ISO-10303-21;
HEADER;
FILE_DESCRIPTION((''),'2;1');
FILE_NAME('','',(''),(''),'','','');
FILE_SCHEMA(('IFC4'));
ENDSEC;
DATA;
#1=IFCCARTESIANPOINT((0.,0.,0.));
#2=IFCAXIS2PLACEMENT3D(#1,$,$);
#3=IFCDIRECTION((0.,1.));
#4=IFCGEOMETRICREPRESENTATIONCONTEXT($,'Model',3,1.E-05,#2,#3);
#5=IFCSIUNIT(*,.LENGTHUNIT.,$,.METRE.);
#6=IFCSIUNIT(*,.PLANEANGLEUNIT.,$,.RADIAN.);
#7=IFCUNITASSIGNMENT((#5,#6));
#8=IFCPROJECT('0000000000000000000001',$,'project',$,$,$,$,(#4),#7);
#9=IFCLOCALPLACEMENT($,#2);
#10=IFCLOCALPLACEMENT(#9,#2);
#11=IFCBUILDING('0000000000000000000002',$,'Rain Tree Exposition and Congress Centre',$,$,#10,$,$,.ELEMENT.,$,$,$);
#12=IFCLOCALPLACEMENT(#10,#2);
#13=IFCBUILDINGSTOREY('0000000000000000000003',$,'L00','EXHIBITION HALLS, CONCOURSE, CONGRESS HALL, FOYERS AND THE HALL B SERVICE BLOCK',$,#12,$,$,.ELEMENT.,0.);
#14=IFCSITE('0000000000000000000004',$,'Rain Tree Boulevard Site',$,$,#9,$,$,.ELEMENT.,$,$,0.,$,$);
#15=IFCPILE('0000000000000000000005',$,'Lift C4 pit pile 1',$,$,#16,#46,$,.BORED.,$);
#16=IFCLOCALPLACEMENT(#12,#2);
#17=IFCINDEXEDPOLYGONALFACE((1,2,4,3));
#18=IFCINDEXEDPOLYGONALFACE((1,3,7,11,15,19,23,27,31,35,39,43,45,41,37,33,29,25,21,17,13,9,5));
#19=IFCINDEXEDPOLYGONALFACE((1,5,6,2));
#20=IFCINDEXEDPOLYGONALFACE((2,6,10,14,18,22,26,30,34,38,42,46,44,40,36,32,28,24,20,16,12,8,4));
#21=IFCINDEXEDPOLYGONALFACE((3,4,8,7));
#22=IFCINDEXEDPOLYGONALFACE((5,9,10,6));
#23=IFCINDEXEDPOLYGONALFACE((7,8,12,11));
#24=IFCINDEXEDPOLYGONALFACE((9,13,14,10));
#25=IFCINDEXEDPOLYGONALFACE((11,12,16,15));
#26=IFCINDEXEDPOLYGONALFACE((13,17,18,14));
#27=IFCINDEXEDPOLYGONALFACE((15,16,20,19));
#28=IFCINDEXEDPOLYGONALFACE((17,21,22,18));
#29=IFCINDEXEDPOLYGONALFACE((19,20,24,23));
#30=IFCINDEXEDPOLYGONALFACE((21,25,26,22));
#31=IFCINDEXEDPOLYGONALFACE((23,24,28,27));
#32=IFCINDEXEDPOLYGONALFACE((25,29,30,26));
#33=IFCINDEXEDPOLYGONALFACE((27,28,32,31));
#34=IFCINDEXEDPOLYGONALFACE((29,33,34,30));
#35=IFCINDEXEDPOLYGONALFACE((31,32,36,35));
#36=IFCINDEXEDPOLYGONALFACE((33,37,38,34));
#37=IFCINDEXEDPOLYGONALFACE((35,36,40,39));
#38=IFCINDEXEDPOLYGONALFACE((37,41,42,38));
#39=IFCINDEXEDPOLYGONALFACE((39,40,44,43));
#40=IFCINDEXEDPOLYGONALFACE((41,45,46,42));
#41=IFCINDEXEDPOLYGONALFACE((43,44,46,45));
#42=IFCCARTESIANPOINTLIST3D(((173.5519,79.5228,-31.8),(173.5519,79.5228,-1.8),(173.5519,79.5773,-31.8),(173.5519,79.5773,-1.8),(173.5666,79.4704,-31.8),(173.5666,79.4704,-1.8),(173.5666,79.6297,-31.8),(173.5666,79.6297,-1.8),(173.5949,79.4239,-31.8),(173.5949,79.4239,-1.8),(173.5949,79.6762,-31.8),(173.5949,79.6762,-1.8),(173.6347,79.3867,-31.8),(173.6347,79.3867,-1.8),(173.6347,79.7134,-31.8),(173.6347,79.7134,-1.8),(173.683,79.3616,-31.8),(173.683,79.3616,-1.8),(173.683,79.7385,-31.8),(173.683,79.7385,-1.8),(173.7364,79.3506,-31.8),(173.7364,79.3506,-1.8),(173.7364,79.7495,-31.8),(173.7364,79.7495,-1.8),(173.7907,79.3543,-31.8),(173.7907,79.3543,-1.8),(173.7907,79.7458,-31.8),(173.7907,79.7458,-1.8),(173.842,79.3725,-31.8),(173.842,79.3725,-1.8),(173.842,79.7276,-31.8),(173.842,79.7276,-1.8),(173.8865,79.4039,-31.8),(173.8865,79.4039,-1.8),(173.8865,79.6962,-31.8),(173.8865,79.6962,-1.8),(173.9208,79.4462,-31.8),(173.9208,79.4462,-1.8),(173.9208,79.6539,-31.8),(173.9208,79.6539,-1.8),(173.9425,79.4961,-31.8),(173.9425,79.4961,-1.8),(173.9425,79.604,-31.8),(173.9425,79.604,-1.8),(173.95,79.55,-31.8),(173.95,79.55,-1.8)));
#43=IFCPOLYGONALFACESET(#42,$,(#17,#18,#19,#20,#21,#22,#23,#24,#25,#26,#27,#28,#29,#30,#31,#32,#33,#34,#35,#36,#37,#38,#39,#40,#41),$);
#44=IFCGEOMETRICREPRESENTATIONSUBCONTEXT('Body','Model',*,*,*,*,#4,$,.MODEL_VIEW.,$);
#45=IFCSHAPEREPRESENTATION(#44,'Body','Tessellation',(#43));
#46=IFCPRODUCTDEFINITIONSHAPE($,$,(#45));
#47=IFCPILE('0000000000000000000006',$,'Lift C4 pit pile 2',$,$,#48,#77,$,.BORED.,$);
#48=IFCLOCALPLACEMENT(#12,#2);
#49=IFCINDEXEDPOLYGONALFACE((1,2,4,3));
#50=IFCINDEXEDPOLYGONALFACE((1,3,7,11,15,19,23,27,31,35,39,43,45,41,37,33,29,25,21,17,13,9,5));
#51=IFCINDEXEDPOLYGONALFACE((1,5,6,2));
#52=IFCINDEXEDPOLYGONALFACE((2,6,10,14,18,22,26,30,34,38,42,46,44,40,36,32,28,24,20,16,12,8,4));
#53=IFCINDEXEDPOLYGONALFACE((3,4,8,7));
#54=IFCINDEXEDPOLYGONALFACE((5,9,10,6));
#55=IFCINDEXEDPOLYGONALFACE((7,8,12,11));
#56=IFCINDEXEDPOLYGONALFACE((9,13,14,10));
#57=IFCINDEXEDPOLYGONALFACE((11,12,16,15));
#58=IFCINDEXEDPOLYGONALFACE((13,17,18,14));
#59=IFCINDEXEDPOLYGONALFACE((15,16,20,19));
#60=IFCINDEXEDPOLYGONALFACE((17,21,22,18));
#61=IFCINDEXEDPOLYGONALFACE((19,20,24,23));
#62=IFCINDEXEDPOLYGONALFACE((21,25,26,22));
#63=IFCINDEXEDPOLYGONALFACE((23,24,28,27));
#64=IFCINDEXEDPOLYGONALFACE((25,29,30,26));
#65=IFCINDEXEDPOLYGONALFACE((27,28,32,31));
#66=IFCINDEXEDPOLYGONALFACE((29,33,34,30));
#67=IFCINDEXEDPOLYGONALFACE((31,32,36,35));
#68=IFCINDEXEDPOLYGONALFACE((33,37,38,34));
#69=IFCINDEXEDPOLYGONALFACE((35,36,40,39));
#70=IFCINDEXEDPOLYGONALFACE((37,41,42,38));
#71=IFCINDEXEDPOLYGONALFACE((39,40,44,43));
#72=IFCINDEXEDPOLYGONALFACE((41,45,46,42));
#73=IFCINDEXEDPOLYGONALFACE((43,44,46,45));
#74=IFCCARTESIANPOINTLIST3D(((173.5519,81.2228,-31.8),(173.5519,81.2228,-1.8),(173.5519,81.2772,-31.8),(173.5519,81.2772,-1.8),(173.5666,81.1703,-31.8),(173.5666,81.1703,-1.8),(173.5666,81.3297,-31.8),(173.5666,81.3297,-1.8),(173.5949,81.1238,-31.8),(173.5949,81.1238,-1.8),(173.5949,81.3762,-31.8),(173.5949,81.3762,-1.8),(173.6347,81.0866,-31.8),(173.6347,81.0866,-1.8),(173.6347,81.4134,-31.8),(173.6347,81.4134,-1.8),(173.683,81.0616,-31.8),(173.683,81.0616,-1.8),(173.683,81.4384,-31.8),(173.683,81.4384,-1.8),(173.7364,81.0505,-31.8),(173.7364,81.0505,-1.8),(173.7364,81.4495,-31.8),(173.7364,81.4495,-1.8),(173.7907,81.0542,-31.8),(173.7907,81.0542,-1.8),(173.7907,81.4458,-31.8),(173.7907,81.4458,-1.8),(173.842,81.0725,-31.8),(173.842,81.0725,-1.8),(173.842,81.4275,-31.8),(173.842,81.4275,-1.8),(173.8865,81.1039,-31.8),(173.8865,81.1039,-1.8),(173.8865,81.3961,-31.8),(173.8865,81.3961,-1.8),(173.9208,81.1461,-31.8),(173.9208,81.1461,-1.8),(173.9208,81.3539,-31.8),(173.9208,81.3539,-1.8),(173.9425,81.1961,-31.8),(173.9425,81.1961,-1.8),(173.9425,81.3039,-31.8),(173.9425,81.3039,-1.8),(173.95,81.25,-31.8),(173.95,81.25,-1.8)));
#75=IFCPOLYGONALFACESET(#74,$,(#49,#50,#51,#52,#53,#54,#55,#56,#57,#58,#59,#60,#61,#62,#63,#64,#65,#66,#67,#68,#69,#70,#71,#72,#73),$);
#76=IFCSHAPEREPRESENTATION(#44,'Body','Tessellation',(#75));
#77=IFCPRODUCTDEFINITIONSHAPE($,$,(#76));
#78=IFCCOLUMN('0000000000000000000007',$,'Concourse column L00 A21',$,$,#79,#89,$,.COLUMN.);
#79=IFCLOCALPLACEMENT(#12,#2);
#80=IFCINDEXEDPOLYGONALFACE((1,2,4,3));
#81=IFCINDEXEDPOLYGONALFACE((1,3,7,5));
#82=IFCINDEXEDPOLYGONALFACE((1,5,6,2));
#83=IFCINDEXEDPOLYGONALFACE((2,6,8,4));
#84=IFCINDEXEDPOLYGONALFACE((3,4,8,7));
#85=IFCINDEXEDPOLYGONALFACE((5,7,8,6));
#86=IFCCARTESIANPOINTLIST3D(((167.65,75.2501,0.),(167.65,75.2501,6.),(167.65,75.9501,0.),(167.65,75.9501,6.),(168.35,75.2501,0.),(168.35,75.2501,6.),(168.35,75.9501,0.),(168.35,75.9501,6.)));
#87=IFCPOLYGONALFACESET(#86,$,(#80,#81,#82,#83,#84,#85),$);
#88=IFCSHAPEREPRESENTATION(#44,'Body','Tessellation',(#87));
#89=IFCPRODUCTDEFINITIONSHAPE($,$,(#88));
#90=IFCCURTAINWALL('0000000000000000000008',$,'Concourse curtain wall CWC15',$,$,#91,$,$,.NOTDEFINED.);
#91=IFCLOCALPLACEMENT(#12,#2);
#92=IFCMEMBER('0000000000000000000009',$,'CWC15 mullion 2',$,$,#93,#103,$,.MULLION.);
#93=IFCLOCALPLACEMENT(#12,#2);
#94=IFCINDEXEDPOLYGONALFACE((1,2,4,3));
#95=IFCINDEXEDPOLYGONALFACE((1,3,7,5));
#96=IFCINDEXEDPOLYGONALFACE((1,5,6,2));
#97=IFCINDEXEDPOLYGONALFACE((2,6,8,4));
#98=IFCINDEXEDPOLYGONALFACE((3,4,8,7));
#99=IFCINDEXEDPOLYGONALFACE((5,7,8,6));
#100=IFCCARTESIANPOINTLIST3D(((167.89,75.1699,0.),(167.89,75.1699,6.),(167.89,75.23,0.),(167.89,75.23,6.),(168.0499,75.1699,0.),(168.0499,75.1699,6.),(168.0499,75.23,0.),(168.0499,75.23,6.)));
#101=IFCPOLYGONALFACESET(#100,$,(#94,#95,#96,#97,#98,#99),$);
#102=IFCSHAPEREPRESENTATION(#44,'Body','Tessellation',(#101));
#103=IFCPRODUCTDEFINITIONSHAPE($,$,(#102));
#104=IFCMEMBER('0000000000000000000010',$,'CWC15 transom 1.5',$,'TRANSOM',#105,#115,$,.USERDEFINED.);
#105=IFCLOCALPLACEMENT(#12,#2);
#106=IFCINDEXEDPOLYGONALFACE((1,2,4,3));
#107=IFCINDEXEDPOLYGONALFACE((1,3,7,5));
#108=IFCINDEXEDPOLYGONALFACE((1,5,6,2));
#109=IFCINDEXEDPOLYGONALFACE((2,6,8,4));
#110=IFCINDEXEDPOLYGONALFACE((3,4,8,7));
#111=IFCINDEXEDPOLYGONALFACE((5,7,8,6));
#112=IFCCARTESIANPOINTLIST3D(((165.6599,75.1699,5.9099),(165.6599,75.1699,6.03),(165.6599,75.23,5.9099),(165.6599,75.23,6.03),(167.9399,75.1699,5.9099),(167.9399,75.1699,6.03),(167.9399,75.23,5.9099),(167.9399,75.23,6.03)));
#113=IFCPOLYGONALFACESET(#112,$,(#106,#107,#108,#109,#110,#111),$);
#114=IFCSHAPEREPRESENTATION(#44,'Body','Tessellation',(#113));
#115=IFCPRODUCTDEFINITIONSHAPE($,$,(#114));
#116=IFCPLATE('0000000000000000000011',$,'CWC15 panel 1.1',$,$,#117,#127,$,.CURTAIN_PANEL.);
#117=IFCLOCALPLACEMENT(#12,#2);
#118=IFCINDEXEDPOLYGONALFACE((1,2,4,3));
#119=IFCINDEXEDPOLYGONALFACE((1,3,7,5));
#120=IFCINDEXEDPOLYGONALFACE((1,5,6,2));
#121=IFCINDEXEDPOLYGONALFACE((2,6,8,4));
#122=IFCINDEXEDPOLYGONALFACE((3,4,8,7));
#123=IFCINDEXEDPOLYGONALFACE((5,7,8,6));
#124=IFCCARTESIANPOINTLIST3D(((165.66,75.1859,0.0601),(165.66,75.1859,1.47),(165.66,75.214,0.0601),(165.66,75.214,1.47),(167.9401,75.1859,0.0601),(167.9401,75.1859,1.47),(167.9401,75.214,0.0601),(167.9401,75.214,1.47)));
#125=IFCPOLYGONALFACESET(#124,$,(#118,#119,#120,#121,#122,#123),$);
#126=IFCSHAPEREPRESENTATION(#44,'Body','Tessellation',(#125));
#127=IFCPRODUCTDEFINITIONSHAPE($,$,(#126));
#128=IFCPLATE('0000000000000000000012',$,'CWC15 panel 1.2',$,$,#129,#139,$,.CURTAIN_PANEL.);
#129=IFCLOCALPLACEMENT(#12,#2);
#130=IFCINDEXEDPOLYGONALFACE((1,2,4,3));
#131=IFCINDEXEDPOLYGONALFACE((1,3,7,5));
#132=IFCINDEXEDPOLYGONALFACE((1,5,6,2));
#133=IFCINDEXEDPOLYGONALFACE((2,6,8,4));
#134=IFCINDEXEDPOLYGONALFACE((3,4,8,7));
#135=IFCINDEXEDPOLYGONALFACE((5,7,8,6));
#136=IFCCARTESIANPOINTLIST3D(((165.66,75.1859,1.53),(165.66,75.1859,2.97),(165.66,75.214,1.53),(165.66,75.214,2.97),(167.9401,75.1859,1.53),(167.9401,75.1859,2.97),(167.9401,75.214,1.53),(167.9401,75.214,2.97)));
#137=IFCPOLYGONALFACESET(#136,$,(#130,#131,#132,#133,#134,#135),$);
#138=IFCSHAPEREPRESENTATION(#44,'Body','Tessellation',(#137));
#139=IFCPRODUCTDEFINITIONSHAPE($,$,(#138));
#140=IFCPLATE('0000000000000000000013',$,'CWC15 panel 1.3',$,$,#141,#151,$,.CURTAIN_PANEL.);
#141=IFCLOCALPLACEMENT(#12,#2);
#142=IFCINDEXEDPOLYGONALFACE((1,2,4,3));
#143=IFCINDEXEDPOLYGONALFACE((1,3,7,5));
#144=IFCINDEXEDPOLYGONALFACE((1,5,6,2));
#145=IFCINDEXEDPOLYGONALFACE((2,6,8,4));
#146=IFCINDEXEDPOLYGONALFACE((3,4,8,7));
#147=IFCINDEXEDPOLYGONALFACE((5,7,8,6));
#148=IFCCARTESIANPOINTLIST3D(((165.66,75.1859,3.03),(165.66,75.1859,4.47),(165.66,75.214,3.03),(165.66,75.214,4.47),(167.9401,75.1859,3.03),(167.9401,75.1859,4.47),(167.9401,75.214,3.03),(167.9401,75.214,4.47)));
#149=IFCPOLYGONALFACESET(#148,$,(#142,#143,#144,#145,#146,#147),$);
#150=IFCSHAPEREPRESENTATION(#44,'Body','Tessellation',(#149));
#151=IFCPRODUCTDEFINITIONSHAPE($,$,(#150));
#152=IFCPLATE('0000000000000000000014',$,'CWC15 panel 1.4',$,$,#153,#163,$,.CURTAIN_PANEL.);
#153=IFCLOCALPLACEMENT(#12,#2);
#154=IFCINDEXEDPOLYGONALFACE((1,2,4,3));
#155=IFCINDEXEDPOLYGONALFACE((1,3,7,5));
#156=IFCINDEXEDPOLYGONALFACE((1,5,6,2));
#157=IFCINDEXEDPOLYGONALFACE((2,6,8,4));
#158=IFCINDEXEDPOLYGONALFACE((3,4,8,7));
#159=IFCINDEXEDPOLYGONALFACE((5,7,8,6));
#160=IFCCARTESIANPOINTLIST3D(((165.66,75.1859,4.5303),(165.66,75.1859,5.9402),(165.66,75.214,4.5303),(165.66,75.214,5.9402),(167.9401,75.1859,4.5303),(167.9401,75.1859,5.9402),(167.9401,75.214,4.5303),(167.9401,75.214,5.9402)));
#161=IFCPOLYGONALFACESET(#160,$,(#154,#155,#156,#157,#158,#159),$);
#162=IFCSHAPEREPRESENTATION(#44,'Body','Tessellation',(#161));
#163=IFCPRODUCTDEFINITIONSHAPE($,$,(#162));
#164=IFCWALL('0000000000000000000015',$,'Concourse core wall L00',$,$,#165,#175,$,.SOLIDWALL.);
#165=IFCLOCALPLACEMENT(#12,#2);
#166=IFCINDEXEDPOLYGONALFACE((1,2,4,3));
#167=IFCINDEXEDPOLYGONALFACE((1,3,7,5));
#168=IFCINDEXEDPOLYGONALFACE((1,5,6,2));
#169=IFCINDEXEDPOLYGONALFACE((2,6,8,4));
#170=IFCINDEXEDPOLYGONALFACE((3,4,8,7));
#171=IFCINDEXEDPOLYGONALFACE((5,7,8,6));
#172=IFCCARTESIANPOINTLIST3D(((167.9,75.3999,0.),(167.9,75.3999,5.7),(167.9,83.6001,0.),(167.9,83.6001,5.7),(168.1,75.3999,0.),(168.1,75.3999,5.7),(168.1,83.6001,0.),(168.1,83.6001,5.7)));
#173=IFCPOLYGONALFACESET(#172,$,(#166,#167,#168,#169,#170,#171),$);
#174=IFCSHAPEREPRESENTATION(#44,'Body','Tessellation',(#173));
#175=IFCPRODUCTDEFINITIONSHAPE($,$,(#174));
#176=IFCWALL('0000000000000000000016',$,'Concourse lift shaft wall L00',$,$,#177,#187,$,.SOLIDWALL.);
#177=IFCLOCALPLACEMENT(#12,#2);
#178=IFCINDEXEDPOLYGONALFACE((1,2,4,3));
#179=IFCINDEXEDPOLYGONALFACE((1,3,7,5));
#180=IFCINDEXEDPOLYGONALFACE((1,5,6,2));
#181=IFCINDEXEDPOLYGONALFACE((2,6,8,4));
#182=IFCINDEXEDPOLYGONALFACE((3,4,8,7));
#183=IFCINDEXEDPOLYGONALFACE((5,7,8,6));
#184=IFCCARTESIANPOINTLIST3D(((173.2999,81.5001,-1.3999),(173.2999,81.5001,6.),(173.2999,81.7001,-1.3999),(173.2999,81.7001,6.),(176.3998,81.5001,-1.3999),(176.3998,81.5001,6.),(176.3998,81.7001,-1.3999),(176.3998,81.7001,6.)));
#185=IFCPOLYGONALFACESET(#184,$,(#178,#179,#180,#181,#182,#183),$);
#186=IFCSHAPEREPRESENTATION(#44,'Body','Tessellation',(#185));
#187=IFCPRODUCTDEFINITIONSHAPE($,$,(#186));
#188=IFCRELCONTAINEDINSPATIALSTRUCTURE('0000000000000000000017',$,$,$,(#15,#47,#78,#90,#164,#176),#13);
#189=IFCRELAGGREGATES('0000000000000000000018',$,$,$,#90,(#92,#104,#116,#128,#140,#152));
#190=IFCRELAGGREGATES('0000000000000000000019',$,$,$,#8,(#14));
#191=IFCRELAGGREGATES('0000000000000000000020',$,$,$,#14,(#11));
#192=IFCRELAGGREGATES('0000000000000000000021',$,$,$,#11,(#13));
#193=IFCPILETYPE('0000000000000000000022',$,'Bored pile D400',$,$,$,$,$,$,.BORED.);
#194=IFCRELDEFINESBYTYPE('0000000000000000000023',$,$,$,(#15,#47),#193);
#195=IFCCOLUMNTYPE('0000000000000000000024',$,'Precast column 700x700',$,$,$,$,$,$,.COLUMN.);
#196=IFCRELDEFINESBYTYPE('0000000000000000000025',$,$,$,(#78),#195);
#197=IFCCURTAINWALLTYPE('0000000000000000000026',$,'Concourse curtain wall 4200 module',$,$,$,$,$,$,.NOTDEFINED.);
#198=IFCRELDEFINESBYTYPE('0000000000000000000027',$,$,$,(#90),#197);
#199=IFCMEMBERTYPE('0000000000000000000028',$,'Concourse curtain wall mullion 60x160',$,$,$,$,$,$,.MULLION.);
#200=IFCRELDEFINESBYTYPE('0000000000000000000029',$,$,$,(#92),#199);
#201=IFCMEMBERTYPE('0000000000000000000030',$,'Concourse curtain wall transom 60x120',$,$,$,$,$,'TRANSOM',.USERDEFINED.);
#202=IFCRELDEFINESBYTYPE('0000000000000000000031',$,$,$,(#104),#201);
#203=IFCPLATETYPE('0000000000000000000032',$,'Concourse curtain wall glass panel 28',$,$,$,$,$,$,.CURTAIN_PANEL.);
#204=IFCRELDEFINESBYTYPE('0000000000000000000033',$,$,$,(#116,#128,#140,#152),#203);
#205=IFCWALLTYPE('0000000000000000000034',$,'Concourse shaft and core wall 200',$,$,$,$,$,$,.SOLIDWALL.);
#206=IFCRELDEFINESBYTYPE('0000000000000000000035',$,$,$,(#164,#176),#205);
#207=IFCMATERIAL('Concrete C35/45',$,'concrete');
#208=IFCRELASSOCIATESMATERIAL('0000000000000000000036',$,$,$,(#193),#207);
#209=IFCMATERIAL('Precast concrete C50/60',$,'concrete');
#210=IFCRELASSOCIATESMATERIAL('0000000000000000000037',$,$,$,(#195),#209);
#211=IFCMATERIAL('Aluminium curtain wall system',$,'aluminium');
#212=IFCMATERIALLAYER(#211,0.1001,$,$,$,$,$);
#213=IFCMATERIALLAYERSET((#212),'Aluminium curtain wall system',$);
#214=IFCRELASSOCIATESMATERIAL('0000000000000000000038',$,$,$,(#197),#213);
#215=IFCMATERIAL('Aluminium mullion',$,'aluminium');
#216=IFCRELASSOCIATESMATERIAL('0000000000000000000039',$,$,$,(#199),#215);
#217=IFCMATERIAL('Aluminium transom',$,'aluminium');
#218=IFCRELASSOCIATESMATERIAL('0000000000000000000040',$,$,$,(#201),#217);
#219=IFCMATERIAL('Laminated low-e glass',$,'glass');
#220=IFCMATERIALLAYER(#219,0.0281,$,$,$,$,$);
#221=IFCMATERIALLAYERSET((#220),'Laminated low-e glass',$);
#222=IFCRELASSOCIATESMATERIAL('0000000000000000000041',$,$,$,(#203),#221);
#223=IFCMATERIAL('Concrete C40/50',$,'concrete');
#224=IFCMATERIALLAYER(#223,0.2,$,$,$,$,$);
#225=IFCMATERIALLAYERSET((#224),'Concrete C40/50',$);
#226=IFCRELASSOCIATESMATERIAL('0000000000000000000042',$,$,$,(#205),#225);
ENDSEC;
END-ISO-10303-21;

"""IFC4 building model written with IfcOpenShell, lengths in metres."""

from ifc_helpers import new_model, si_unit, direction, frame, frame_2d, origin, origin_2d, place, context, subcontext, project, spatial, rectangle, circle, extrude, material, layer, layer_set, material_profile, profile_set, type_object, element, aggregate, save


model = new_model("IFC4")

# Units and contexts
model_context = context("Model", 3, precision=1e-05, world=origin(), true_north=direction((0.0, 1.0)))
body_context = subcontext(model_context, "Body", "Model", "MODEL_VIEW")
ifc_project = project(units=[si_unit("LENGTHUNIT", "METRE"), si_unit("PLANEANGLEUNIT", "RADIAN")], contexts=[model_context])

# Site, building, storey
site_placement = place(None, origin())
site = spatial("IfcSite", under=ifc_project, at=site_placement, Name="Rain Tree Boulevard Site", CompositionType="ELEMENT", RefElevation=0.0)
building_placement = place(site_placement, origin())
building = spatial("IfcBuilding", under=site, at=building_placement, Name="Rain Tree Exposition and Congress Centre", CompositionType="ELEMENT")
storey_placement = place(building_placement, origin())
storey = spatial("IfcBuildingStorey", under=building, at=storey_placement, Name="L00", Description="EXHIBITION HALLS, CONCOURSE, CONGRESS HALL, FOYERS AND THE HALL B SERVICE BLOCK", CompositionType="ELEMENT", Elevation=0.0)

# Piles
ifc_material_1 = material(Name="Concrete C35/45", Category="concrete")
ifc_material_profile_1 = material_profile(ifc_material_1, circle(Radius=0.2, at=origin_2d()), Name="D400")
ifc_profile_set_1 = profile_set([ifc_material_profile_1], Name="Concrete C35/45")
pile_type = type_object("IfcPileType", Name="Bored pile D400", PredefinedType="BORED", material=ifc_profile_set_1)
for number, where, z_axis, x_axis, name in (
    (1, (173.75, 79.55, -1.8), (0.0, 0.0, -1.0), (1.0, 0.0, 0.0), "Lift C4 pit pile 1"),
    (2, (173.75, 81.25, -1.8), (0.0, 0.0, -1.0), (1.0, 0.0, 0.0), "Lift C4 pit pile 2"),
):
    element("IfcPile", number, at=place(storey_placement, frame(where, z_axis=z_axis, x_axis=x_axis)), inside=storey, type_object=pile_type, Name=name, PredefinedType="BORED", context=body_context, shape_type="SweptSolid", body=[
        extrude(circle(Radius=0.2, at=origin_2d()), origin(), (0.0, 0.0, 1.0), 30.0),
    ])

# Column
ifc_material_2 = material(Name="Precast concrete C50/60", Category="concrete")
ifc_material_profile_2 = material_profile(ifc_material_2, rectangle(XDim=0.7, YDim=0.7, at=origin_2d()), Name="RC 700x700")
ifc_profile_set_2 = profile_set([ifc_material_profile_2], Name="Precast concrete C50/60")
column_type = type_object("IfcColumnType", Name="Precast column 700x700", PredefinedType="COLUMN", material=ifc_profile_set_2)
column_placement = place(storey_placement, frame((168.0, 75.6001, 0.0), z_axis=(0.0, 0.0, 1.0), x_axis=(1.0, 0.0, 0.0)))
element("IfcColumn", 3, at=column_placement, inside=storey, type_object=column_type, Name="Concourse column L00 A21", PredefinedType="COLUMN", context=body_context, shape_type="SweptSolid", body=[
    extrude(rectangle(XDim=0.7, YDim=0.7, at=origin_2d()), origin(), (0.0, 0.0, 1.0), 6.0),
])

# Curtain wall, members, plates
ifc_material_3 = material(Name="Aluminium curtain wall system", Category="aluminium")
ifc_layer_1 = layer(ifc_material_3, 0.1001)
ifc_layer_set_1 = layer_set([ifc_layer_1], Name="Aluminium curtain wall system")
curtain_wall_type = type_object("IfcCurtainWallType", Name="Concourse curtain wall 4200 module", PredefinedType="NOTDEFINED", material=ifc_layer_set_1)
curtain_wall_placement = place(storey_placement, origin())
curtain_wall = element("IfcCurtainWall", 4, at=curtain_wall_placement, inside=storey, type_object=curtain_wall_type, Name="Concourse curtain wall CWC15", PredefinedType="NOTDEFINED")
ifc_material_4 = material(Name="Aluminium mullion", Category="aluminium")
ifc_material_profile_3 = material_profile(ifc_material_4, rectangle(XDim=0.0601, YDim=0.1599, at=origin_2d()), Name="AL 60x160")
ifc_profile_set_3 = profile_set([ifc_material_profile_3], Name="Aluminium mullion")
member_type_1 = type_object("IfcMemberType", Name="Concourse curtain wall mullion 60x160", PredefinedType="MULLION", material=ifc_profile_set_3)
member_1_placement = place(storey_placement, frame((167.97, 75.2, 0.0), z_axis=(0.0, 0.0, 1.0), x_axis=(0.0, 1.0, 0.0)))
member_1 = element("IfcMember", 5, at=member_1_placement, type_object=member_type_1, Name="CWC15 mullion 2", PredefinedType="MULLION", context=body_context, shape_type="SweptSolid", body=[
    extrude(rectangle(XDim=0.0601, YDim=0.1599, at=origin_2d()), origin(), (0.0, 0.0, 1.0), 6.0),
])
ifc_material_5 = material(Name="Aluminium transom", Category="aluminium")
ifc_material_profile_4 = material_profile(ifc_material_5, rectangle(XDim=0.0601, YDim=0.1201, at=origin_2d()), Name="AL 60x120")
ifc_profile_set_4 = profile_set([ifc_material_profile_4], Name="Aluminium transom")
member_type_2 = type_object("IfcMemberType", Name="Concourse curtain wall transom 60x120", ElementType="TRANSOM", PredefinedType="USERDEFINED", material=ifc_profile_set_4)
member_2_placement = place(storey_placement, frame((165.6599, 75.2, 5.97), z_axis=(1.0, 0.0, 0.0), x_axis=(0.0, 1.0, 0.0)))
member_2 = element("IfcMember", 6, at=member_2_placement, type_object=member_type_2, Name="CWC15 transom 1.5", ObjectType="TRANSOM", PredefinedType="USERDEFINED", context=body_context, shape_type="SweptSolid", body=[
    extrude(rectangle(XDim=0.0601, YDim=0.1201, at=origin_2d()), origin(), (0.0, 0.0, 1.0), 2.28),
])
ifc_material_6 = material(Name="Laminated low-e glass", Category="glass")
ifc_layer_2 = layer(ifc_material_6, 0.0281)
ifc_layer_set_2 = layer_set([ifc_layer_2], Name="Laminated low-e glass")
plate_type = type_object("IfcPlateType", Name="Concourse curtain wall glass panel 28", PredefinedType="CURTAIN_PANEL", material=ifc_layer_set_2)
plate_1_placement = place(storey_placement, frame((166.8, 75.2, 0.0601), z_axis=(0.0, 0.0, 1.0), x_axis=(1.0, 0.0, 0.0)))
plate_1 = element("IfcPlate", 7, at=plate_1_placement, type_object=plate_type, Name="CWC15 panel 1.1", PredefinedType="CURTAIN_PANEL", context=body_context, shape_type="SweptSolid", body=[
    extrude(rectangle(XDim=2.28, YDim=0.0281, at=origin_2d()), origin(), (0.0, 0.0, 1.0), 1.4099),
])
plate_2_placement = place(storey_placement, frame((166.8, 75.2, 1.53), z_axis=(0.0, 0.0, 1.0), x_axis=(1.0, 0.0, 0.0)))
plate_2 = element("IfcPlate", 8, at=plate_2_placement, type_object=plate_type, Name="CWC15 panel 1.2", PredefinedType="CURTAIN_PANEL", context=body_context, shape_type="SweptSolid", body=[
    extrude(rectangle(XDim=2.28, YDim=0.0281, at=origin_2d()), origin(), (0.0, 0.0, 1.0), 1.4399),
])
plate_3_placement = place(storey_placement, frame((166.8, 75.2, 3.03), z_axis=(0.0, 0.0, 1.0), x_axis=(1.0, 0.0, 0.0)))
plate_3 = element("IfcPlate", 9, at=plate_3_placement, type_object=plate_type, Name="CWC15 panel 1.3", PredefinedType="CURTAIN_PANEL", context=body_context, shape_type="SweptSolid", body=[
    extrude(rectangle(XDim=2.28, YDim=0.0281, at=origin_2d()), origin(), (0.0, 0.0, 1.0), 1.4399),
])
plate_4_placement = place(storey_placement, frame((166.8, 75.2, 4.5303), z_axis=(0.0, 0.0, 1.0), x_axis=(1.0, 0.0, 0.0)))
plate_4 = element("IfcPlate", 10, at=plate_4_placement, type_object=plate_type, Name="CWC15 panel 1.4", PredefinedType="CURTAIN_PANEL", context=body_context, shape_type="SweptSolid", body=[
    extrude(rectangle(XDim=2.28, YDim=0.0281, at=origin_2d()), origin(), (0.0, 0.0, 1.0), 1.4099),
])
aggregate(curtain_wall, [member_1, member_2, plate_1, plate_2, plate_3, plate_4])

# Wall
ifc_material_7 = material(Name="Concrete C40/50", Category="concrete")
ifc_layer_3 = layer(ifc_material_7, 0.2)
ifc_layer_set_3 = layer_set([ifc_layer_3], Name="Concrete C40/50")
wall_type = type_object("IfcWallType", Name="Concourse shaft and core wall 200", PredefinedType="SOLIDWALL", material=ifc_layer_set_3)
wall_1_placement = place(storey_placement, frame((168.0, 75.3999, 0.0), z_axis=(0.0, 0.0, 1.0), x_axis=(0.0, 1.0, 0.0)))
element("IfcWall", 11, at=wall_1_placement, inside=storey, type_object=wall_type, Name="Concourse core wall L00", PredefinedType="SOLIDWALL", context=body_context, shape_type="SweptSolid", body=[
    extrude(rectangle(XDim=8.2002, YDim=0.2, at=frame_2d((4.1001, 0.0))), origin(), (0.0, 0.0, 1.0), 5.7),
])

# Wall
wall_2_placement = place(storey_placement, frame((173.3, 81.6001, -1.3999), z_axis=(0.0, 0.0, 1.0), x_axis=(1.0, 0.0, 0.0)))
element("IfcWall", 12, at=wall_2_placement, inside=storey, type_object=wall_type, Name="Concourse lift shaft wall L00", PredefinedType="SOLIDWALL", context=body_context, shape_type="SweptSolid", body=[
    extrude(rectangle(XDim=3.0999, YDim=0.2, at=frame_2d((1.5498, 0.0))), origin(), (0.0, 0.0, 1.0), 7.3999),
])

save(model, "model.ifc")
